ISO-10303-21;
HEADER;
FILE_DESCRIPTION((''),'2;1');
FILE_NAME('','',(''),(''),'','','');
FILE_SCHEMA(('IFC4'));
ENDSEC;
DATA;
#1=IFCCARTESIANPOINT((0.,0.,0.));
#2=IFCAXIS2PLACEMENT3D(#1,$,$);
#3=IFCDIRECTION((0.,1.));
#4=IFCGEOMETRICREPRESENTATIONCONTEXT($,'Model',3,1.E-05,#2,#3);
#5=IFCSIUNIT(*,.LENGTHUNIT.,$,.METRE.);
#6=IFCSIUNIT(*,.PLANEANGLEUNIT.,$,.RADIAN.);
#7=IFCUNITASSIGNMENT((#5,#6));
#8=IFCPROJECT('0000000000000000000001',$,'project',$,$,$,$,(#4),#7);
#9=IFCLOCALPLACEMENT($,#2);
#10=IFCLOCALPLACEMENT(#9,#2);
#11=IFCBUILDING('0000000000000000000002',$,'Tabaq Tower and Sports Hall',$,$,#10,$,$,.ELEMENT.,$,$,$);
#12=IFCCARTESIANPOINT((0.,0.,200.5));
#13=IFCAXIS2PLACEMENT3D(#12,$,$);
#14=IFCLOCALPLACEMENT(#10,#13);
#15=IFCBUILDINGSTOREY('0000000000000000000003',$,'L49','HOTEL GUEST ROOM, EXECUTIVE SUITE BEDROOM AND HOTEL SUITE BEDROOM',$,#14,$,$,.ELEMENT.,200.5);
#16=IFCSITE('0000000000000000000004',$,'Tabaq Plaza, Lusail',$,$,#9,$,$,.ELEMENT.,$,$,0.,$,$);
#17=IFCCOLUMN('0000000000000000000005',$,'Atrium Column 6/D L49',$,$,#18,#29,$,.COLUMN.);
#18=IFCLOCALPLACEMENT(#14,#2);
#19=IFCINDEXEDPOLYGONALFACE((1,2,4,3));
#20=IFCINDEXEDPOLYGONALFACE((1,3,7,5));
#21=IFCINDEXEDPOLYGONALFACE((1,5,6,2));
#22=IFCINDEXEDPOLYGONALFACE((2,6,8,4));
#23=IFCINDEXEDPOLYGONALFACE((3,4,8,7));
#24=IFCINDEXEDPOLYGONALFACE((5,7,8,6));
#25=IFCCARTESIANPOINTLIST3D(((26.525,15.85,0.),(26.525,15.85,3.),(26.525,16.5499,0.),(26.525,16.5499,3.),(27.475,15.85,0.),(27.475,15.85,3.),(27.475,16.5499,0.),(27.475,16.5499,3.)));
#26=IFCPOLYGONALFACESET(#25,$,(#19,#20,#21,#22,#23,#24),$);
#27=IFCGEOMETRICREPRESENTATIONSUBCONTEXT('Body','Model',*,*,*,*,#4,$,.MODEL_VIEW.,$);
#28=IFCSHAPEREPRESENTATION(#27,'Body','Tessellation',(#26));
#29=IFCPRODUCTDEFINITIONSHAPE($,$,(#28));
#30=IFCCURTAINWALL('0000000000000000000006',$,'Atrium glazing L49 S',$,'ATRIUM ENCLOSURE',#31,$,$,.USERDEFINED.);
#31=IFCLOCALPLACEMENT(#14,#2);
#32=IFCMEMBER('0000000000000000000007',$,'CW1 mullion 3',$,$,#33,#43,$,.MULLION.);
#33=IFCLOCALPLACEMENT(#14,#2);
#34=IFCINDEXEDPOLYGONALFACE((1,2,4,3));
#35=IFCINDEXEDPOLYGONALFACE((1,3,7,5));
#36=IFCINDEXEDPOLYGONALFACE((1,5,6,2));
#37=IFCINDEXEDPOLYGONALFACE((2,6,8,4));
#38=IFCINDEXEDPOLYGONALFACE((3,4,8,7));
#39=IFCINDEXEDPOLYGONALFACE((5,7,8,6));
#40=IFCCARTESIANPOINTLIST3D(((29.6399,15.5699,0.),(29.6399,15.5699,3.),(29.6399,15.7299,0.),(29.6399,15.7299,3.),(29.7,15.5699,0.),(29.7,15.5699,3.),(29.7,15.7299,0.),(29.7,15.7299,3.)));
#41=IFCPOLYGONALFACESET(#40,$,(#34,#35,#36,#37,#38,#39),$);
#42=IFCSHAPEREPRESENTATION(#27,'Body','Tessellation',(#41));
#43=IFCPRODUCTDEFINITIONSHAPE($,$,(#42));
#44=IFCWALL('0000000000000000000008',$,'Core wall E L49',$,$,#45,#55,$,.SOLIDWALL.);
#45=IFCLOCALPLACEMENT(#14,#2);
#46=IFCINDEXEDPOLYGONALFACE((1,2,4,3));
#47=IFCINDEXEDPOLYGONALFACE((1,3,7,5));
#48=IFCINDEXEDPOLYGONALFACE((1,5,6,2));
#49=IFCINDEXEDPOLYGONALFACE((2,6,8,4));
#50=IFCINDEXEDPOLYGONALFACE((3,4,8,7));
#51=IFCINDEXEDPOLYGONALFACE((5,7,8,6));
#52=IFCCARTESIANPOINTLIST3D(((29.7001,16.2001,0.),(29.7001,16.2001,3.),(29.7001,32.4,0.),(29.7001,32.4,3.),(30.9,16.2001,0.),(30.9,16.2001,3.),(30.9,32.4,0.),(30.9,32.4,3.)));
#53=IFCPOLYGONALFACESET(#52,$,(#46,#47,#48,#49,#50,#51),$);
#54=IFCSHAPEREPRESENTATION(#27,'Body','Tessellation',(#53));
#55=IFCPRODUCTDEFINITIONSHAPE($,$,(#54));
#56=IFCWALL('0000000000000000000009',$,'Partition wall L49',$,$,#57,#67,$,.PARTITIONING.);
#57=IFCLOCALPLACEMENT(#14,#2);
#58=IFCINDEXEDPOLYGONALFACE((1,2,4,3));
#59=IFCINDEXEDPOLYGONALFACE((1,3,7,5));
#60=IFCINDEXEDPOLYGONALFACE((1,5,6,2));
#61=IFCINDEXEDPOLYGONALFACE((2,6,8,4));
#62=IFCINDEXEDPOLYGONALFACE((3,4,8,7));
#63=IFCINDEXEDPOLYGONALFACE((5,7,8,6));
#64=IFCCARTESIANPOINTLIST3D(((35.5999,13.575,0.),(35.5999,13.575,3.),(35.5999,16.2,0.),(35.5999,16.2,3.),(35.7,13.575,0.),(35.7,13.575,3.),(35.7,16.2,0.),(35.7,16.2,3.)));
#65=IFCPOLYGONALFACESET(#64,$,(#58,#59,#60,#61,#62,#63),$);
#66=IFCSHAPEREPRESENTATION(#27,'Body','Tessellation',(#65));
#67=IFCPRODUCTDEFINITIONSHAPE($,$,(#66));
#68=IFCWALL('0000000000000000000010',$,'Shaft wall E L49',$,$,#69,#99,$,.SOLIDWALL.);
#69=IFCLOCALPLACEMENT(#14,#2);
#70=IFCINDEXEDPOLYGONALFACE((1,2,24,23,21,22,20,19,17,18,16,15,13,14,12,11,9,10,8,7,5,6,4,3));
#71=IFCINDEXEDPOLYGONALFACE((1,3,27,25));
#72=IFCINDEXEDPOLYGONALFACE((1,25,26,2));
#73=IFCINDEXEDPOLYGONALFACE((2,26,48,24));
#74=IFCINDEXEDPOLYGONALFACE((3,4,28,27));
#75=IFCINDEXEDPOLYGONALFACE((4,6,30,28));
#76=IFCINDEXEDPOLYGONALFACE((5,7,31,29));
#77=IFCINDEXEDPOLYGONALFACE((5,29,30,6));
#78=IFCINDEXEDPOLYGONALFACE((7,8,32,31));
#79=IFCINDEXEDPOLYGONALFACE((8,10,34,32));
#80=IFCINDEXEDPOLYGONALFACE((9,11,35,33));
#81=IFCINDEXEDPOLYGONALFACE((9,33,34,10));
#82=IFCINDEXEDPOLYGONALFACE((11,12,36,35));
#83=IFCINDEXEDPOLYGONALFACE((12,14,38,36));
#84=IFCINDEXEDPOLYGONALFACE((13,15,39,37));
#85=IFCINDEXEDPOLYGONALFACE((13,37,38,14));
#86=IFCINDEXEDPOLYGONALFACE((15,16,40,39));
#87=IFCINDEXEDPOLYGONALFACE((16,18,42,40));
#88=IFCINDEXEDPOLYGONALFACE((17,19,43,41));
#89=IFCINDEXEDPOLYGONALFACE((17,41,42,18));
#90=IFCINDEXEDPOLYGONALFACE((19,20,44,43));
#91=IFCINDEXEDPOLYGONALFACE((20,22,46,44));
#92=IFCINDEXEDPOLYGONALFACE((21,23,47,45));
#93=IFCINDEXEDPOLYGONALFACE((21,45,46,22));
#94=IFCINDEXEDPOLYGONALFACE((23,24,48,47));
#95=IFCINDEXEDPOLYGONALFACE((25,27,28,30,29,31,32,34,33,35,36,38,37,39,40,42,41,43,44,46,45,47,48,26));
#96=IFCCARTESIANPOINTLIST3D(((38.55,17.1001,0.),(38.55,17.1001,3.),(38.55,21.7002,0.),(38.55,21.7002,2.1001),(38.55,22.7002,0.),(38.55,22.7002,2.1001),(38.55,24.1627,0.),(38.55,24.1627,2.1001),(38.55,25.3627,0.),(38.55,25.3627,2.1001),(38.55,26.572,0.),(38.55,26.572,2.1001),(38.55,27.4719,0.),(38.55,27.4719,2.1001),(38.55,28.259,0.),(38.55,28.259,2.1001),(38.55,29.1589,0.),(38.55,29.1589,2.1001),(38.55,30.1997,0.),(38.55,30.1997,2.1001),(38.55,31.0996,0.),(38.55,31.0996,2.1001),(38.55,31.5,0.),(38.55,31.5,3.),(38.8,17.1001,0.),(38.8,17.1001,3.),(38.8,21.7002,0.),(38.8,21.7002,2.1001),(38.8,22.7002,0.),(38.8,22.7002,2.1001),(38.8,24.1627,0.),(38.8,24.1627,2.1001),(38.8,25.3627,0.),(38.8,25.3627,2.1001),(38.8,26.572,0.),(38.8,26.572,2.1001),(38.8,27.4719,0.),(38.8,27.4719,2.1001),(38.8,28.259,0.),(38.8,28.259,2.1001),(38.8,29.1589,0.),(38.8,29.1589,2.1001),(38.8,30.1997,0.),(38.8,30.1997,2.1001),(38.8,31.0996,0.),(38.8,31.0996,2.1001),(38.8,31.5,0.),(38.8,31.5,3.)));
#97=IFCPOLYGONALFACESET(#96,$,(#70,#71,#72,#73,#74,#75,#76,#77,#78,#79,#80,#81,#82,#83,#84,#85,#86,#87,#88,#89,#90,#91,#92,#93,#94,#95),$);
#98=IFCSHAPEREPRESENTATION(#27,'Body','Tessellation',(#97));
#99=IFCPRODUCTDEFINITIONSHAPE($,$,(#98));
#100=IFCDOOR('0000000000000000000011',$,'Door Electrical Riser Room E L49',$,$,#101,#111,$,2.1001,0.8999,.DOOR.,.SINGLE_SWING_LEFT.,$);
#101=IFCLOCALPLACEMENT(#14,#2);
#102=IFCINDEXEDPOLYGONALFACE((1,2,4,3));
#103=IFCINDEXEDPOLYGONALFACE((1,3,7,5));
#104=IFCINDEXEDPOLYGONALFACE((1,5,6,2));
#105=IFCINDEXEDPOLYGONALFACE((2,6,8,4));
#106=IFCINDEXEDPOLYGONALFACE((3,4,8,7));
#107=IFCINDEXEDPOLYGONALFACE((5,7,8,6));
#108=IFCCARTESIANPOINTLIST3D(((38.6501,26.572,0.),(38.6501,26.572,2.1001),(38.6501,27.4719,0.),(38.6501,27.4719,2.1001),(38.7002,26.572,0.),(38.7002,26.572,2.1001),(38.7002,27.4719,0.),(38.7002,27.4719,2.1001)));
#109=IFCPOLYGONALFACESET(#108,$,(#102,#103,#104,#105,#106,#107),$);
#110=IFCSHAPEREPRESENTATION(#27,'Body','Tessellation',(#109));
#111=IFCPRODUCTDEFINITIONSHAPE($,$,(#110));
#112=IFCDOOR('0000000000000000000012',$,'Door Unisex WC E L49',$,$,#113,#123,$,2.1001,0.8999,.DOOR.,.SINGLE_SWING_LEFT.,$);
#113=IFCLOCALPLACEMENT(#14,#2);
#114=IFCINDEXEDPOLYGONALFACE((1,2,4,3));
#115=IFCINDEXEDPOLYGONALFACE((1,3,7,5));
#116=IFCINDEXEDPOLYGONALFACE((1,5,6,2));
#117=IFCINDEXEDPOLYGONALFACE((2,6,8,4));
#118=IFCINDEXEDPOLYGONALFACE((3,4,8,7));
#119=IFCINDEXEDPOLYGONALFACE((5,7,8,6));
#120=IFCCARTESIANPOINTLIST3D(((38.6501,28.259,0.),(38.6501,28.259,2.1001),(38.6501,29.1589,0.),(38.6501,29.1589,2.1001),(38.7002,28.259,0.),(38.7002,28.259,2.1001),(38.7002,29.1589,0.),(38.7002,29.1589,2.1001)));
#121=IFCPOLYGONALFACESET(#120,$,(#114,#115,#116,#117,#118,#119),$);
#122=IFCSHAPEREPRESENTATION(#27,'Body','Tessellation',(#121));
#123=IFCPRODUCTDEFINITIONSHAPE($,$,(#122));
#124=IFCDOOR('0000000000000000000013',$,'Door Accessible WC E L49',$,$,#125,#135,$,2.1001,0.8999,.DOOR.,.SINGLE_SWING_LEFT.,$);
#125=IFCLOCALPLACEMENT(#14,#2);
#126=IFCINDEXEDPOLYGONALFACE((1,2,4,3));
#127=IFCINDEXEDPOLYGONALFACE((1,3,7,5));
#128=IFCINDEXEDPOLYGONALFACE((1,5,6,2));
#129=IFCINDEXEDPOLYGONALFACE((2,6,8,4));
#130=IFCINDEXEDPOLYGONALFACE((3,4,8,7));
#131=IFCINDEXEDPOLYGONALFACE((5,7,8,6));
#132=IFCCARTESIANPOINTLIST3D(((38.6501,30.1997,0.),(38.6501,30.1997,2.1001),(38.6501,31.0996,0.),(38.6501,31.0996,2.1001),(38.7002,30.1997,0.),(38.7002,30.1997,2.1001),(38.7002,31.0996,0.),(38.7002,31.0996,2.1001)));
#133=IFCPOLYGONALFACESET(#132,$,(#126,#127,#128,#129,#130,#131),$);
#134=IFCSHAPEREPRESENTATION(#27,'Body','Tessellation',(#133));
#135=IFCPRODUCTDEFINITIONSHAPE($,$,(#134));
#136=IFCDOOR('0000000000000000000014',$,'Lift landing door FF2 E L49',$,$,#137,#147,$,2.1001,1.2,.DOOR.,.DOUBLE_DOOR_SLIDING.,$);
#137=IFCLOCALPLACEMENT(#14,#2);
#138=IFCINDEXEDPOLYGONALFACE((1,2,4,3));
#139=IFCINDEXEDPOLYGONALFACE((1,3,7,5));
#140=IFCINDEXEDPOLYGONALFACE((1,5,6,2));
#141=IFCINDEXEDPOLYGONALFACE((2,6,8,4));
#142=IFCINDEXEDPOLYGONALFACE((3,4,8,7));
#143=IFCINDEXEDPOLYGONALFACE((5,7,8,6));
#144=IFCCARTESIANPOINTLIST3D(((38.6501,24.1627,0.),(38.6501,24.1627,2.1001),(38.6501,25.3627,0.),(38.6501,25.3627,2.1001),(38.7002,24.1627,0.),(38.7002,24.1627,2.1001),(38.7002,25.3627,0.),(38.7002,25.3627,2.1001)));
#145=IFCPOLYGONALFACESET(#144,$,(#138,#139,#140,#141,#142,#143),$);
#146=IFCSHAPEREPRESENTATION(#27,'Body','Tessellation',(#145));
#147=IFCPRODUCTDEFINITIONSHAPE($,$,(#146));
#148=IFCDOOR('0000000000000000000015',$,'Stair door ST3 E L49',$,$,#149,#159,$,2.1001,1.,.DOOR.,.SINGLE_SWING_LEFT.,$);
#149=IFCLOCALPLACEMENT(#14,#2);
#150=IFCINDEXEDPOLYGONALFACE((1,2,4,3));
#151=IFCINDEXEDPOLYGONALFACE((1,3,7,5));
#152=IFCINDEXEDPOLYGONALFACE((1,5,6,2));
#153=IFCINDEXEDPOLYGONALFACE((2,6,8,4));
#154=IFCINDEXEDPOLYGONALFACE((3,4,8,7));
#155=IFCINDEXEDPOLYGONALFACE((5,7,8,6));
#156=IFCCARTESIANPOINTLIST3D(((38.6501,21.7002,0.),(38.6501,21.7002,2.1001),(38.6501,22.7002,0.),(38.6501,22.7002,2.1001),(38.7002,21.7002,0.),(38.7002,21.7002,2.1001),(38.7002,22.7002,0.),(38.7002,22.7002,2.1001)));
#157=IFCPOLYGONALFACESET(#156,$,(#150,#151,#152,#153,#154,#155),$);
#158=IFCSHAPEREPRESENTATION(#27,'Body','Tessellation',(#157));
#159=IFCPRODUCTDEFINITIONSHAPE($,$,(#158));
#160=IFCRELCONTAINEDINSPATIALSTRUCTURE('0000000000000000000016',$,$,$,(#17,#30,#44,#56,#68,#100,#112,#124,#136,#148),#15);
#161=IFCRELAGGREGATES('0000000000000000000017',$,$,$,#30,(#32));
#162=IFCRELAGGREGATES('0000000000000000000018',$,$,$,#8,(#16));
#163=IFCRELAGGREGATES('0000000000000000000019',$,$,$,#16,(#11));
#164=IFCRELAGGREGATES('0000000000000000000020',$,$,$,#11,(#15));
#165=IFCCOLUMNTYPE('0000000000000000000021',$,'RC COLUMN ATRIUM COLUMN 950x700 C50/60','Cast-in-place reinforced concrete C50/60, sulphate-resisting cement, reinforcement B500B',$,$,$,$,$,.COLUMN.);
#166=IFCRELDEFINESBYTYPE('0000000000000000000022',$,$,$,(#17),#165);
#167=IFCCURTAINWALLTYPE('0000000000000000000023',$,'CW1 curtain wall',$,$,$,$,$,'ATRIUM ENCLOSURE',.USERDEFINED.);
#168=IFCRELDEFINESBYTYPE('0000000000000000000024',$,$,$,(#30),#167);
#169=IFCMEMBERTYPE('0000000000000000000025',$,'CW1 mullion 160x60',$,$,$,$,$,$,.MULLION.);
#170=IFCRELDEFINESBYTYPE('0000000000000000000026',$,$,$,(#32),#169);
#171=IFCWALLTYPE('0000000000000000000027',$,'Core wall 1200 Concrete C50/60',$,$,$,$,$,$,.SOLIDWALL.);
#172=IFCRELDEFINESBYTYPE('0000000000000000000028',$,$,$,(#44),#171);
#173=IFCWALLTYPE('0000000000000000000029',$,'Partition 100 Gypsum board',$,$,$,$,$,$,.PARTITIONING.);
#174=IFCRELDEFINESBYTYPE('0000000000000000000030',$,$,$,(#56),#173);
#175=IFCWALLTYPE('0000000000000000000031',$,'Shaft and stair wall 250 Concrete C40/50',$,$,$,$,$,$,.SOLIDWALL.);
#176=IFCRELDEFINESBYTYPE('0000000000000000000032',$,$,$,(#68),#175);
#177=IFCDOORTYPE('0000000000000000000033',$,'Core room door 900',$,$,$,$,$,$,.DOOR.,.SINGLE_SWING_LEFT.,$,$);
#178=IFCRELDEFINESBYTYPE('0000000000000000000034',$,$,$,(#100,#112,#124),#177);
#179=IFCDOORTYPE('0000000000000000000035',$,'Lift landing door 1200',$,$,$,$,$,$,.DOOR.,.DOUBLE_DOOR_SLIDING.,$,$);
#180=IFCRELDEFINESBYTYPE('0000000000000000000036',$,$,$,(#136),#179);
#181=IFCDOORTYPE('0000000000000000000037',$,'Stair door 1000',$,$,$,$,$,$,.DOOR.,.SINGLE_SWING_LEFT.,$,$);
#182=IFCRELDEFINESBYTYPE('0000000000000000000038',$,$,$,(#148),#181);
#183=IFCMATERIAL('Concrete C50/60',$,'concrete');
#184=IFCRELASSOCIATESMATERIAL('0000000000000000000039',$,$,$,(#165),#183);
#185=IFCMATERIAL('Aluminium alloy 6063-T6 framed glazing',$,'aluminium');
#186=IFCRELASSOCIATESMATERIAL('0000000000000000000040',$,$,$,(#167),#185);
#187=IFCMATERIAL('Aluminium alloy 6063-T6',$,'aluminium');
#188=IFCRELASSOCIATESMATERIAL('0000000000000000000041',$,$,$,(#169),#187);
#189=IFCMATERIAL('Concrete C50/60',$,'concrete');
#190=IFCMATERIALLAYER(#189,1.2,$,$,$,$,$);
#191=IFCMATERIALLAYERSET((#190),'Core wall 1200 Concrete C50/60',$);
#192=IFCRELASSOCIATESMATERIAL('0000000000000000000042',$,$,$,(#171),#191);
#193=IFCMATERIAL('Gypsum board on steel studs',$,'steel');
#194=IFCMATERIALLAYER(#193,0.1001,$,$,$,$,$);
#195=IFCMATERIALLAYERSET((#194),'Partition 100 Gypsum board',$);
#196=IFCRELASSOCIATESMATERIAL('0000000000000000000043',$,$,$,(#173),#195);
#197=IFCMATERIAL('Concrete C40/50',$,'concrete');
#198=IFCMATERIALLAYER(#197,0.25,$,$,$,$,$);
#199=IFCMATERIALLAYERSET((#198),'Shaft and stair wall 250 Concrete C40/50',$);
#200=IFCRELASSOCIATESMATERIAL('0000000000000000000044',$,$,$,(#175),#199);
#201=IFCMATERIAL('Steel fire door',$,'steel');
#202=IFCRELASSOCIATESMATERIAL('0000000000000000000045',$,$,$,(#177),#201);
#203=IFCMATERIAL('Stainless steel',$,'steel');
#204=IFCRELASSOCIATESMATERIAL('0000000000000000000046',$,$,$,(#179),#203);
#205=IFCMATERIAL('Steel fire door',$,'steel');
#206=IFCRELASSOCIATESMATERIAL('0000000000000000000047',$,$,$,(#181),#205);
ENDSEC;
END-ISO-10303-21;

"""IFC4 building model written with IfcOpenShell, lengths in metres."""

from ifc_helpers import new_model, si_unit, direction, frame, frame_2d, origin, origin_2d, place, context, subcontext, project, spatial, rectangle, extrude, material, layer, layer_set, material_profile, profile_set, type_object, element, fill, aggregate, save


model = new_model("IFC4")

# Units and contexts
model_context = context("Model", 3, precision=1e-05, world=origin(), true_north=direction((0.0, 1.0)))
body_context = subcontext(model_context, "Body", "Model", "MODEL_VIEW")
ifc_project = project(units=[si_unit("LENGTHUNIT", "METRE"), si_unit("PLANEANGLEUNIT", "RADIAN")], contexts=[model_context])

# Site, building, storey
site_placement = place(None, origin())
site = spatial("IfcSite", under=ifc_project, at=site_placement, Name="Tabaq Plaza, Lusail", CompositionType="ELEMENT", RefElevation=0.0)
building_placement = place(site_placement, origin())
building = spatial("IfcBuilding", under=site, at=building_placement, Name="Tabaq Tower and Sports Hall", CompositionType="ELEMENT")
storey_placement = place(building_placement, frame((0.0, 0.0, 200.5)))
storey = spatial("IfcBuildingStorey", under=building, at=storey_placement, Name="L49", Description="HOTEL GUEST ROOM, EXECUTIVE SUITE BEDROOM AND HOTEL SUITE BEDROOM", CompositionType="ELEMENT", Elevation=200.5)

# Column
ifc_material_1 = material(Name="Concrete C50/60", Category="concrete")
ifc_material_profile_1 = material_profile(ifc_material_1, rectangle(XDim=0.95, YDim=0.7, at=origin_2d()), Name="ATRIUM COLUMN 950x700")
ifc_profile_set_1 = profile_set([ifc_material_profile_1], Name="Concrete C50/60")
column_type = type_object("IfcColumnType", Name="RC COLUMN ATRIUM COLUMN 950x700 C50/60", Description="Cast-in-place reinforced concrete C50/60, sulphate-resisting cement, reinforcement B500B", PredefinedType="COLUMN", material=ifc_profile_set_1)
column_placement = place(storey_placement, frame((27.0, 16.2, 0.0), z_axis=(0.0, 0.0, 1.0), x_axis=(1.0, 0.0, 0.0)))
element("IfcColumn", 1, at=column_placement, inside=storey, type_object=column_type, Name="Atrium Column 6/D L49", PredefinedType="COLUMN", context=body_context, shape_type="SweptSolid", body=[
    extrude(rectangle(XDim=0.95, YDim=0.7, at=origin_2d()), origin(), (0.0, 0.0, 1.0), 3.0),
])

# Curtain wall, member
ifc_material_2 = material(Name="Aluminium alloy 6063-T6 framed glazing", Category="aluminium")
curtain_wall_type = type_object("IfcCurtainWallType", Name="CW1 curtain wall", ElementType="ATRIUM ENCLOSURE", PredefinedType="USERDEFINED", material=ifc_material_2)
curtain_wall_placement = place(storey_placement, origin())
curtain_wall = element("IfcCurtainWall", 2, at=curtain_wall_placement, inside=storey, type_object=curtain_wall_type, Name="Atrium glazing L49 S", ObjectType="ATRIUM ENCLOSURE", PredefinedType="USERDEFINED")
ifc_material_3 = material(Name="Aluminium alloy 6063-T6", Category="aluminium")
ifc_material_profile_2 = material_profile(ifc_material_3, rectangle(XDim=0.1599, YDim=0.0601, at=origin_2d()), Name="MULLION 160x60")
ifc_profile_set_2 = profile_set([ifc_material_profile_2], Name="Aluminium alloy 6063-T6")
member_type = type_object("IfcMemberType", Name="CW1 mullion 160x60", PredefinedType="MULLION", material=ifc_profile_set_2)
member_placement = place(storey_placement, frame((29.6699, 15.6499, 0.0), z_axis=(0.0, 0.0, 1.0), x_axis=(0.0, 1.0, 0.0)))
member = element("IfcMember", 3, at=member_placement, type_object=member_type, Name="CW1 mullion 3", PredefinedType="MULLION", context=body_context, shape_type="SweptSolid", body=[
    extrude(rectangle(XDim=0.1599, YDim=0.0601, at=origin_2d()), origin(), (0.0, 0.0, 1.0), 3.0),
])
aggregate(curtain_wall, [member])

# Walls
ifc_material_4 = material(Name="Concrete C50/60", Category="concrete")
ifc_layer_1 = layer(ifc_material_4, 1.2)
ifc_layer_set_1 = layer_set([ifc_layer_1], Name="Core wall 1200 Concrete C50/60")
wall_type_1 = type_object("IfcWallType", Name="Core wall 1200 Concrete C50/60", PredefinedType="SOLIDWALL", material=ifc_layer_set_1)
wall_1_placement = place(storey_placement, frame((30.3, 16.2, 0.0), z_axis=(0.0, 0.0, 1.0), x_axis=(0.0, 1.0, 0.0)))
element("IfcWall", 4, at=wall_1_placement, inside=storey, type_object=wall_type_1, Name="Core wall E L49", PredefinedType="SOLIDWALL", context=body_context, shape_type="SweptSolid", body=[
    extrude(rectangle(XDim=16.2, YDim=1.2, at=frame_2d((8.1001, 0.0))), origin(), (0.0, 0.0, 1.0), 3.0),
])
ifc_material_5 = material(Name="Gypsum board on steel studs", Category="steel")
ifc_layer_2 = layer(ifc_material_5, 0.1001)
ifc_layer_set_2 = layer_set([ifc_layer_2], Name="Partition 100 Gypsum board")
wall_type_2 = type_object("IfcWallType", Name="Partition 100 Gypsum board", PredefinedType="PARTITIONING", material=ifc_layer_set_2)
wall_2_placement = place(storey_placement, frame((35.6499, 16.2, 0.0), z_axis=(0.0, 0.0, 1.0), x_axis=(0.0, -1.0, 0.0)))
element("IfcWall", 5, at=wall_2_placement, inside=storey, type_object=wall_type_2, Name="Partition wall L49", PredefinedType="PARTITIONING", context=body_context, shape_type="SweptSolid", body=[
    extrude(rectangle(XDim=2.625, YDim=0.1001, at=frame_2d((1.3125, 0.0))), origin(), (0.0, 0.0, 1.0), 3.0),
])

# Wall, openings, doors
ifc_material_6 = material(Name="Concrete C40/50", Category="concrete")
ifc_layer_3 = layer(ifc_material_6, 0.25)
ifc_layer_set_3 = layer_set([ifc_layer_3], Name="Shaft and stair wall 250 Concrete C40/50")
wall_type_3 = type_object("IfcWallType", Name="Shaft and stair wall 250 Concrete C40/50", PredefinedType="SOLIDWALL", material=ifc_layer_set_3)
wall_3_placement = place(storey_placement, frame((38.675, 17.1001, 0.0), z_axis=(0.0, 0.0, 1.0), x_axis=(0.0, 1.0, 0.0)))
wall_3 = element("IfcWall", 6, at=wall_3_placement, inside=storey, type_object=wall_type_3, Name="Shaft wall E L49", PredefinedType="SOLIDWALL", context=body_context, shape_type="SweptSolid", body=[
    extrude(rectangle(XDim=14.3999, YDim=0.25, at=frame_2d((7.2, 0.0))), origin(), (0.0, 0.0, 1.0), 3.0),
])
opening_1_placement = place(wall_3_placement, frame((4.6001, 0.0, 0.0)))
opening_1 = element("IfcOpeningElement", 7, at=opening_1_placement, cuts=wall_3, PredefinedType="OPENING", context=body_context, shape_type="SweptSolid", body=[
    extrude(rectangle(XDim=1.0, YDim=2.1001, at=frame_2d((0.5, 1.05))), frame((0.0, 0.125, 0.0), z_axis=(0.0, -1.0, 0.0), x_axis=(1.0, 0.0, 0.0)), (0.0, 0.0, 1.0), 0.25),
])
opening_2_placement = place(wall_3_placement, frame((7.0625, 0.0, 0.0)))
opening_2 = element("IfcOpeningElement", 8, at=opening_2_placement, cuts=wall_3, PredefinedType="OPENING", context=body_context, shape_type="SweptSolid", body=[
    extrude(rectangle(XDim=1.2, YDim=2.1001, at=frame_2d((0.6001, 1.05))), frame((0.0, 0.125, 0.0), z_axis=(0.0, -1.0, 0.0), x_axis=(1.0, 0.0, 0.0)), (0.0, 0.0, 1.0), 0.25),
])
opening_3_placement = place(wall_3_placement, frame((9.4719, 0.0, 0.0)))
opening_3 = element("IfcOpeningElement", 9, at=opening_3_placement, cuts=wall_3, PredefinedType="OPENING", context=body_context, shape_type="SweptSolid", body=[
    extrude(rectangle(XDim=0.8999, YDim=2.1001, at=frame_2d((0.45, 1.05))), frame((0.0, 0.125, 0.0), z_axis=(0.0, -1.0, 0.0), x_axis=(1.0, 0.0, 0.0)), (0.0, 0.0, 1.0), 0.25),
])
opening_4_placement = place(wall_3_placement, frame((11.1589, 0.0, 0.0)))
opening_4 = element("IfcOpeningElement", 10, at=opening_4_placement, cuts=wall_3, PredefinedType="OPENING", context=body_context, shape_type="SweptSolid", body=[
    extrude(rectangle(XDim=0.8999, YDim=2.1001, at=frame_2d((0.45, 1.05))), frame((0.0, 0.125, 0.0), z_axis=(0.0, -1.0, 0.0), x_axis=(1.0, 0.0, 0.0)), (0.0, 0.0, 1.0), 0.25),
])
opening_5_placement = place(wall_3_placement, frame((13.0996, 0.0, 0.0)))
opening_5 = element("IfcOpeningElement", 11, at=opening_5_placement, cuts=wall_3, PredefinedType="OPENING", context=body_context, shape_type="SweptSolid", body=[
    extrude(rectangle(XDim=0.8999, YDim=2.1001, at=frame_2d((0.45, 1.05))), frame((0.0, 0.125, 0.0), z_axis=(0.0, -1.0, 0.0), x_axis=(1.0, 0.0, 0.0)), (0.0, 0.0, 1.0), 0.25),
])
ifc_material_7 = material(Name="Steel fire door", Category="steel")
door_type_1 = type_object("IfcDoorType", Name="Core room door 900", OperationType="SINGLE_SWING_LEFT", PredefinedType="DOOR", material=ifc_material_7)
door_1_placement = place(opening_3_placement, origin())
door_1 = element("IfcDoor", 12, at=door_1_placement, inside=storey, type_object=door_type_1, Name="Door Electrical Riser Room E L49", OperationType="SINGLE_SWING_LEFT", OverallHeight=2.1001, OverallWidth=0.8999, PredefinedType="DOOR", context=body_context, shape_type="SweptSolid", body=[
    extrude(rectangle(XDim=0.8999, YDim=2.1001, at=frame_2d((0.45, 1.05))), frame((0.0, 0.0249, 0.0), z_axis=(0.0, -1.0, 0.0), x_axis=(1.0, 0.0, 0.0)), (0.0, 0.0, 1.0), 0.05),
])
fill(opening_3, door_1)
door_2_placement = place(opening_4_placement, origin())
door_2 = element("IfcDoor", 13, at=door_2_placement, inside=storey, type_object=door_type_1, Name="Door Unisex WC E L49", OperationType="SINGLE_SWING_LEFT", OverallHeight=2.1001, OverallWidth=0.8999, PredefinedType="DOOR", context=body_context, shape_type="SweptSolid", body=[
    extrude(rectangle(XDim=0.8999, YDim=2.1001, at=frame_2d((0.45, 1.05))), frame((0.0, 0.0249, 0.0), z_axis=(0.0, -1.0, 0.0), x_axis=(1.0, 0.0, 0.0)), (0.0, 0.0, 1.0), 0.05),
])
fill(opening_4, door_2)
door_3_placement = place(opening_5_placement, origin())
door_3 = element("IfcDoor", 14, at=door_3_placement, inside=storey, type_object=door_type_1, Name="Door Accessible WC E L49", OperationType="SINGLE_SWING_LEFT", OverallHeight=2.1001, OverallWidth=0.8999, PredefinedType="DOOR", context=body_context, shape_type="SweptSolid", body=[
    extrude(rectangle(XDim=0.8999, YDim=2.1001, at=frame_2d((0.45, 1.05))), frame((0.0, 0.0249, 0.0), z_axis=(0.0, -1.0, 0.0), x_axis=(1.0, 0.0, 0.0)), (0.0, 0.0, 1.0), 0.05),
])
fill(opening_5, door_3)
ifc_material_8 = material(Name="Stainless steel", Category="steel")
door_type_2 = type_object("IfcDoorType", Name="Lift landing door 1200", OperationType="DOUBLE_DOOR_SLIDING", PredefinedType="DOOR", material=ifc_material_8)
door_4_placement = place(opening_2_placement, origin())
door_4 = element("IfcDoor", 15, at=door_4_placement, inside=storey, type_object=door_type_2, Name="Lift landing door FF2 E L49", OperationType="DOUBLE_DOOR_SLIDING", OverallHeight=2.1001, OverallWidth=1.2, PredefinedType="DOOR", context=body_context, shape_type="SweptSolid", body=[
    extrude(rectangle(XDim=1.2, YDim=2.1001, at=frame_2d((0.6001, 1.05))), frame((0.0, 0.0249, 0.0), z_axis=(0.0, -1.0, 0.0), x_axis=(1.0, 0.0, 0.0)), (0.0, 0.0, 1.0), 0.05),
])
fill(opening_2, door_4)
ifc_material_9 = material(Name="Steel fire door", Category="steel")
door_type_3 = type_object("IfcDoorType", Name="Stair door 1000", OperationType="SINGLE_SWING_LEFT", PredefinedType="DOOR", material=ifc_material_9)
door_5_placement = place(opening_1_placement, origin())
door_5 = element("IfcDoor", 16, at=door_5_placement, inside=storey, type_object=door_type_3, Name="Stair door ST3 E L49", OperationType="SINGLE_SWING_LEFT", OverallHeight=2.1001, OverallWidth=1.0, PredefinedType="DOOR", context=body_context, shape_type="SweptSolid", body=[
    extrude(rectangle(XDim=1.0, YDim=2.1001, at=frame_2d((0.5, 1.05))), frame((0.0, 0.0249, 0.0), z_axis=(0.0, -1.0, 0.0), x_axis=(1.0, 0.0, 0.0)), (0.0, 0.0, 1.0), 0.05),
])
fill(opening_1, door_5)

save(model, "model.ifc")
